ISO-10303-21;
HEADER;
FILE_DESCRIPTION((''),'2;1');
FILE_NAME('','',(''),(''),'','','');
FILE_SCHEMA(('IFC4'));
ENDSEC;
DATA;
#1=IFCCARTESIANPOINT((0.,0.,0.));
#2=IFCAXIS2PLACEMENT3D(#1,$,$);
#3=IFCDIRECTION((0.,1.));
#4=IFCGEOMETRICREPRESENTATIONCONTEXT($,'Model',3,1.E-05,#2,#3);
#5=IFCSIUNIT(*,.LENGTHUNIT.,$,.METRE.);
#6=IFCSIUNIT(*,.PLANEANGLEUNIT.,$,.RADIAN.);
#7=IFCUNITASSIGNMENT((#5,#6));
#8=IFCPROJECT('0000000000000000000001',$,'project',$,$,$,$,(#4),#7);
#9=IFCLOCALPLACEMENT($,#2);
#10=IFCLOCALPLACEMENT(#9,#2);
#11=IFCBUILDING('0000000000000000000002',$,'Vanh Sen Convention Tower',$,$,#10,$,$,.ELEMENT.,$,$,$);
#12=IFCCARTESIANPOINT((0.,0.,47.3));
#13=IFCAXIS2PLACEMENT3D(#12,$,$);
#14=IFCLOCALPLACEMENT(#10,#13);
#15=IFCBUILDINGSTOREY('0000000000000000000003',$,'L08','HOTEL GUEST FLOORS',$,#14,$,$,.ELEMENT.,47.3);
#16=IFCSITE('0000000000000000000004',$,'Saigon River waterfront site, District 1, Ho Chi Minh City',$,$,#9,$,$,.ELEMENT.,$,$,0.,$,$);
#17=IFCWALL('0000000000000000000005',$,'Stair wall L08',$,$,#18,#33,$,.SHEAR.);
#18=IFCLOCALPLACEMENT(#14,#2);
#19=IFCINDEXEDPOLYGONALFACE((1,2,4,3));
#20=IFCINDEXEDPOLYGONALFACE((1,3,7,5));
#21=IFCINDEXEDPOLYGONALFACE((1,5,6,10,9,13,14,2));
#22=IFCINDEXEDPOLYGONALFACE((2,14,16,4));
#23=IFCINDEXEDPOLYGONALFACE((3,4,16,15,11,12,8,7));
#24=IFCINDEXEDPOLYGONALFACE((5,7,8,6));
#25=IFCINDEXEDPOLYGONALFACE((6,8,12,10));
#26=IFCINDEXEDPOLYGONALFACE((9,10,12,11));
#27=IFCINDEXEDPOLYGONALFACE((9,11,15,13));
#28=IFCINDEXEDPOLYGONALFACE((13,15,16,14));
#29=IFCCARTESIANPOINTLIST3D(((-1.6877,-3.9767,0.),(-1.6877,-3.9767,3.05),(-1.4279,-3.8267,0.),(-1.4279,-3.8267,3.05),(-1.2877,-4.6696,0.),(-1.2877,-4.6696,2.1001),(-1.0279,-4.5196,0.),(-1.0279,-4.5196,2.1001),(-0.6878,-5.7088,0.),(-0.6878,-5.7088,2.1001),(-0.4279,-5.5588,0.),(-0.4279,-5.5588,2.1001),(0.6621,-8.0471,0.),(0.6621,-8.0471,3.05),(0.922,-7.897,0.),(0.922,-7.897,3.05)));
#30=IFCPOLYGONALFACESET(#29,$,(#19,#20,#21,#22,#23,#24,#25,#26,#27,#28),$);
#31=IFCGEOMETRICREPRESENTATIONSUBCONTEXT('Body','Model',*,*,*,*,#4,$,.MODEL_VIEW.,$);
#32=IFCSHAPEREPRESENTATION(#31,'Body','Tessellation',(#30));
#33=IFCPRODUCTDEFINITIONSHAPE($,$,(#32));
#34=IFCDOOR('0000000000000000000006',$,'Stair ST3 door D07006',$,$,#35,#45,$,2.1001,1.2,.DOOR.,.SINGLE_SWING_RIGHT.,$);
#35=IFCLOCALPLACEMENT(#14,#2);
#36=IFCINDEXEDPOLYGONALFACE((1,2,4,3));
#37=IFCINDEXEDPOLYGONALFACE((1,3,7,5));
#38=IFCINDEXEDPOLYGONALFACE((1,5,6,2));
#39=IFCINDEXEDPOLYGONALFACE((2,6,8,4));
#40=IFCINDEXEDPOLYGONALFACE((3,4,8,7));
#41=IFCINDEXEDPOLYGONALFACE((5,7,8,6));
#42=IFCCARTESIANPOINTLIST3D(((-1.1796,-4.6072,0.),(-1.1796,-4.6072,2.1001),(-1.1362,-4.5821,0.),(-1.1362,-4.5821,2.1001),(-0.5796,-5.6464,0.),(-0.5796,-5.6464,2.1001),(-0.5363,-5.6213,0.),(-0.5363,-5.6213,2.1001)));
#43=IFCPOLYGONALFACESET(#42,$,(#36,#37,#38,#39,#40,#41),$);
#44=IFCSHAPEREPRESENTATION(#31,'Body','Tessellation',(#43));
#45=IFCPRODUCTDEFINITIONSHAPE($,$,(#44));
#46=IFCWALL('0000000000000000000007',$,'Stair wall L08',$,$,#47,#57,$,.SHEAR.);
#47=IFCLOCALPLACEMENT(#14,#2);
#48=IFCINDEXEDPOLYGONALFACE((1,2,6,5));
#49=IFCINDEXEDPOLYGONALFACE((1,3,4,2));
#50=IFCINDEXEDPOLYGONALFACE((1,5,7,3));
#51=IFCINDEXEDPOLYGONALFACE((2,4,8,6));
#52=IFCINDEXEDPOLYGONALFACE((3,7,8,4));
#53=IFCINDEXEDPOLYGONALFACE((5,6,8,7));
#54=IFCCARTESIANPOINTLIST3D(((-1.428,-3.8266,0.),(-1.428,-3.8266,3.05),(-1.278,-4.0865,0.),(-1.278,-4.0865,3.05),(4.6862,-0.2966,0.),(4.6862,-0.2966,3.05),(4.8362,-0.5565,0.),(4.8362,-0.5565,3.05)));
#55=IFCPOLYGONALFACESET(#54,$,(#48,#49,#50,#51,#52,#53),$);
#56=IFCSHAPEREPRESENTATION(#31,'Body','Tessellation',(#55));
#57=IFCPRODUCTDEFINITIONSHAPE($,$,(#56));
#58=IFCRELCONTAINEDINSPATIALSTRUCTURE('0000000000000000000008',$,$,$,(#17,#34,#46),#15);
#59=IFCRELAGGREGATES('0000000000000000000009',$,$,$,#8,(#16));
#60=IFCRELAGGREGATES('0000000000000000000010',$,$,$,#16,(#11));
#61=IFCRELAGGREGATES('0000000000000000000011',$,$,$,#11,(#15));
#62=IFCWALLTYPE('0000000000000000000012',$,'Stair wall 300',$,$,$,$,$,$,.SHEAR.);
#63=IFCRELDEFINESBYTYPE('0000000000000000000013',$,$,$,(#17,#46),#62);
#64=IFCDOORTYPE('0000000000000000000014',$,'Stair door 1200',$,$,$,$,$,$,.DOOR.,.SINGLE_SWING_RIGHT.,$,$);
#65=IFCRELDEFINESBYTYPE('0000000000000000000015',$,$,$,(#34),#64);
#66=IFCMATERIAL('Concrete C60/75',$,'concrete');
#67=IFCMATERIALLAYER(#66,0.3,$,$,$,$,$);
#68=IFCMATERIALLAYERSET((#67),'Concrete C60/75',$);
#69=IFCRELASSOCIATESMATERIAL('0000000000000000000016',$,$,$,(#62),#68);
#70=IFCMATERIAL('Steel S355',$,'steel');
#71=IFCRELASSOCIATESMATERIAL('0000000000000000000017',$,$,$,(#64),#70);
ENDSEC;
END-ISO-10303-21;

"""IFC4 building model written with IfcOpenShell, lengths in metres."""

from ifc_helpers import new_model, si_unit, direction, frame, frame_2d, origin, place, context, subcontext, project, spatial, rectangle, extrude, material, layer, layer_set, type_object, element, fill, save


model = new_model("IFC4")

# Units and contexts
model_context = context("Model", 3, precision=1e-05, world=origin(), true_north=direction((0.0, 1.0)))
body_context = subcontext(model_context, "Body", "Model", "MODEL_VIEW")
ifc_project = project(units=[si_unit("LENGTHUNIT", "METRE"), si_unit("PLANEANGLEUNIT", "RADIAN")], contexts=[model_context])

# Site, building, storey
site_placement = place(None, origin())
site = spatial("IfcSite", under=ifc_project, at=site_placement, Name="Saigon River waterfront site, District 1, Ho Chi Minh City", CompositionType="ELEMENT", RefElevation=0.0)
building_placement = place(site_placement, origin())
building = spatial("IfcBuilding", under=site, at=building_placement, Name="Vanh Sen Convention Tower", CompositionType="ELEMENT")
storey_placement = place(building_placement, frame((0.0, 0.0, 47.3)))
storey = spatial("IfcBuildingStorey", under=building, at=storey_placement, Name="L08", Description="HOTEL GUEST FLOORS", CompositionType="ELEMENT", Elevation=47.3)

# Shared definitions
ifc_material_1 = material(Name="Steel S355", Category="steel")

# Shared definitions
ifc_material_2 = material(Name="Concrete C60/75", Category="concrete")
ifc_layer_1 = layer(ifc_material_2, 0.3)
ifc_layer_set_1 = layer_set([ifc_layer_1], Name="Concrete C60/75")
wall_type_1 = type_object("IfcWallType", Name="Stair wall 300", PredefinedType="SHEAR", material=ifc_layer_set_1)

# Wall, opening, door
wall_1_placement = place(storey_placement, frame((-1.5579, -3.9016, 0.0), z_axis=(0.0, 0.0, 1.0), x_axis=(0.499977, -0.866039, 0.0)))
wall_1 = element("IfcWall", 1, at=wall_1_placement, inside=storey, type_object=wall_type_1, Name="Stair wall L08", PredefinedType="SHEAR", context=body_context, shape_type="SweptSolid", body=[
    extrude(rectangle(XDim=4.7, YDim=0.3, at=frame_2d((2.3501, 0.0))), origin(), (0.0, 0.0, 1.0), 3.05),
])
opening_1_placement = place(wall_1_placement, frame((0.8, 0.0, 0.0)))
opening_1 = element("IfcOpeningElement", 2, at=opening_1_placement, cuts=wall_1, PredefinedType="OPENING", context=body_context, shape_type="SweptSolid", body=[
    extrude(rectangle(XDim=1.2, YDim=2.1001, at=frame_2d((0.6001, 1.05))), frame((0.0, 0.1599, 0.0), z_axis=(0.0, -1.0, 0.0), x_axis=(1.0, 0.0, 0.0)), (0.0, 0.0, 1.0), 0.3201),
])
door_type_1 = type_object("IfcDoorType", Name="Stair door 1200", OperationType="SINGLE_SWING_RIGHT", PredefinedType="DOOR", material=ifc_material_1)
door_1_placement = place(opening_1_placement, origin())
door_1 = element("IfcDoor", 3, at=door_1_placement, inside=storey, type_object=door_type_1, Name="Stair ST3 door D07006", OperationType="SINGLE_SWING_RIGHT", OverallHeight=2.1001, OverallWidth=1.2, PredefinedType="DOOR", context=body_context, shape_type="SweptSolid", body=[
    extrude(rectangle(XDim=1.2, YDim=2.1001, at=frame_2d((0.6001, 1.05))), frame((0.0, 0.0249, 0.0), z_axis=(0.0, -1.0, 0.0), x_axis=(1.0, 0.0, 0.0)), (0.0, 0.0, 1.0), 0.05),
])
fill(opening_1, door_1)

# Wall
wall_2_placement = place(storey_placement, frame((-1.353, -3.9565, 0.0), z_axis=(0.0, 0.0, 1.0), x_axis=(0.866028, 0.499996, 0.0)))
element("IfcWall", 4, at=wall_2_placement, inside=storey, type_object=wall_type_1, Name="Stair wall L08", PredefinedType="SHEAR", context=body_context, shape_type="SweptSolid", body=[
    extrude(rectangle(XDim=7.0601, YDim=0.3, at=frame_2d((3.53, 0.0))), origin(), (0.0, 0.0, 1.0), 3.05),
])

save(model, "model.ifc")
